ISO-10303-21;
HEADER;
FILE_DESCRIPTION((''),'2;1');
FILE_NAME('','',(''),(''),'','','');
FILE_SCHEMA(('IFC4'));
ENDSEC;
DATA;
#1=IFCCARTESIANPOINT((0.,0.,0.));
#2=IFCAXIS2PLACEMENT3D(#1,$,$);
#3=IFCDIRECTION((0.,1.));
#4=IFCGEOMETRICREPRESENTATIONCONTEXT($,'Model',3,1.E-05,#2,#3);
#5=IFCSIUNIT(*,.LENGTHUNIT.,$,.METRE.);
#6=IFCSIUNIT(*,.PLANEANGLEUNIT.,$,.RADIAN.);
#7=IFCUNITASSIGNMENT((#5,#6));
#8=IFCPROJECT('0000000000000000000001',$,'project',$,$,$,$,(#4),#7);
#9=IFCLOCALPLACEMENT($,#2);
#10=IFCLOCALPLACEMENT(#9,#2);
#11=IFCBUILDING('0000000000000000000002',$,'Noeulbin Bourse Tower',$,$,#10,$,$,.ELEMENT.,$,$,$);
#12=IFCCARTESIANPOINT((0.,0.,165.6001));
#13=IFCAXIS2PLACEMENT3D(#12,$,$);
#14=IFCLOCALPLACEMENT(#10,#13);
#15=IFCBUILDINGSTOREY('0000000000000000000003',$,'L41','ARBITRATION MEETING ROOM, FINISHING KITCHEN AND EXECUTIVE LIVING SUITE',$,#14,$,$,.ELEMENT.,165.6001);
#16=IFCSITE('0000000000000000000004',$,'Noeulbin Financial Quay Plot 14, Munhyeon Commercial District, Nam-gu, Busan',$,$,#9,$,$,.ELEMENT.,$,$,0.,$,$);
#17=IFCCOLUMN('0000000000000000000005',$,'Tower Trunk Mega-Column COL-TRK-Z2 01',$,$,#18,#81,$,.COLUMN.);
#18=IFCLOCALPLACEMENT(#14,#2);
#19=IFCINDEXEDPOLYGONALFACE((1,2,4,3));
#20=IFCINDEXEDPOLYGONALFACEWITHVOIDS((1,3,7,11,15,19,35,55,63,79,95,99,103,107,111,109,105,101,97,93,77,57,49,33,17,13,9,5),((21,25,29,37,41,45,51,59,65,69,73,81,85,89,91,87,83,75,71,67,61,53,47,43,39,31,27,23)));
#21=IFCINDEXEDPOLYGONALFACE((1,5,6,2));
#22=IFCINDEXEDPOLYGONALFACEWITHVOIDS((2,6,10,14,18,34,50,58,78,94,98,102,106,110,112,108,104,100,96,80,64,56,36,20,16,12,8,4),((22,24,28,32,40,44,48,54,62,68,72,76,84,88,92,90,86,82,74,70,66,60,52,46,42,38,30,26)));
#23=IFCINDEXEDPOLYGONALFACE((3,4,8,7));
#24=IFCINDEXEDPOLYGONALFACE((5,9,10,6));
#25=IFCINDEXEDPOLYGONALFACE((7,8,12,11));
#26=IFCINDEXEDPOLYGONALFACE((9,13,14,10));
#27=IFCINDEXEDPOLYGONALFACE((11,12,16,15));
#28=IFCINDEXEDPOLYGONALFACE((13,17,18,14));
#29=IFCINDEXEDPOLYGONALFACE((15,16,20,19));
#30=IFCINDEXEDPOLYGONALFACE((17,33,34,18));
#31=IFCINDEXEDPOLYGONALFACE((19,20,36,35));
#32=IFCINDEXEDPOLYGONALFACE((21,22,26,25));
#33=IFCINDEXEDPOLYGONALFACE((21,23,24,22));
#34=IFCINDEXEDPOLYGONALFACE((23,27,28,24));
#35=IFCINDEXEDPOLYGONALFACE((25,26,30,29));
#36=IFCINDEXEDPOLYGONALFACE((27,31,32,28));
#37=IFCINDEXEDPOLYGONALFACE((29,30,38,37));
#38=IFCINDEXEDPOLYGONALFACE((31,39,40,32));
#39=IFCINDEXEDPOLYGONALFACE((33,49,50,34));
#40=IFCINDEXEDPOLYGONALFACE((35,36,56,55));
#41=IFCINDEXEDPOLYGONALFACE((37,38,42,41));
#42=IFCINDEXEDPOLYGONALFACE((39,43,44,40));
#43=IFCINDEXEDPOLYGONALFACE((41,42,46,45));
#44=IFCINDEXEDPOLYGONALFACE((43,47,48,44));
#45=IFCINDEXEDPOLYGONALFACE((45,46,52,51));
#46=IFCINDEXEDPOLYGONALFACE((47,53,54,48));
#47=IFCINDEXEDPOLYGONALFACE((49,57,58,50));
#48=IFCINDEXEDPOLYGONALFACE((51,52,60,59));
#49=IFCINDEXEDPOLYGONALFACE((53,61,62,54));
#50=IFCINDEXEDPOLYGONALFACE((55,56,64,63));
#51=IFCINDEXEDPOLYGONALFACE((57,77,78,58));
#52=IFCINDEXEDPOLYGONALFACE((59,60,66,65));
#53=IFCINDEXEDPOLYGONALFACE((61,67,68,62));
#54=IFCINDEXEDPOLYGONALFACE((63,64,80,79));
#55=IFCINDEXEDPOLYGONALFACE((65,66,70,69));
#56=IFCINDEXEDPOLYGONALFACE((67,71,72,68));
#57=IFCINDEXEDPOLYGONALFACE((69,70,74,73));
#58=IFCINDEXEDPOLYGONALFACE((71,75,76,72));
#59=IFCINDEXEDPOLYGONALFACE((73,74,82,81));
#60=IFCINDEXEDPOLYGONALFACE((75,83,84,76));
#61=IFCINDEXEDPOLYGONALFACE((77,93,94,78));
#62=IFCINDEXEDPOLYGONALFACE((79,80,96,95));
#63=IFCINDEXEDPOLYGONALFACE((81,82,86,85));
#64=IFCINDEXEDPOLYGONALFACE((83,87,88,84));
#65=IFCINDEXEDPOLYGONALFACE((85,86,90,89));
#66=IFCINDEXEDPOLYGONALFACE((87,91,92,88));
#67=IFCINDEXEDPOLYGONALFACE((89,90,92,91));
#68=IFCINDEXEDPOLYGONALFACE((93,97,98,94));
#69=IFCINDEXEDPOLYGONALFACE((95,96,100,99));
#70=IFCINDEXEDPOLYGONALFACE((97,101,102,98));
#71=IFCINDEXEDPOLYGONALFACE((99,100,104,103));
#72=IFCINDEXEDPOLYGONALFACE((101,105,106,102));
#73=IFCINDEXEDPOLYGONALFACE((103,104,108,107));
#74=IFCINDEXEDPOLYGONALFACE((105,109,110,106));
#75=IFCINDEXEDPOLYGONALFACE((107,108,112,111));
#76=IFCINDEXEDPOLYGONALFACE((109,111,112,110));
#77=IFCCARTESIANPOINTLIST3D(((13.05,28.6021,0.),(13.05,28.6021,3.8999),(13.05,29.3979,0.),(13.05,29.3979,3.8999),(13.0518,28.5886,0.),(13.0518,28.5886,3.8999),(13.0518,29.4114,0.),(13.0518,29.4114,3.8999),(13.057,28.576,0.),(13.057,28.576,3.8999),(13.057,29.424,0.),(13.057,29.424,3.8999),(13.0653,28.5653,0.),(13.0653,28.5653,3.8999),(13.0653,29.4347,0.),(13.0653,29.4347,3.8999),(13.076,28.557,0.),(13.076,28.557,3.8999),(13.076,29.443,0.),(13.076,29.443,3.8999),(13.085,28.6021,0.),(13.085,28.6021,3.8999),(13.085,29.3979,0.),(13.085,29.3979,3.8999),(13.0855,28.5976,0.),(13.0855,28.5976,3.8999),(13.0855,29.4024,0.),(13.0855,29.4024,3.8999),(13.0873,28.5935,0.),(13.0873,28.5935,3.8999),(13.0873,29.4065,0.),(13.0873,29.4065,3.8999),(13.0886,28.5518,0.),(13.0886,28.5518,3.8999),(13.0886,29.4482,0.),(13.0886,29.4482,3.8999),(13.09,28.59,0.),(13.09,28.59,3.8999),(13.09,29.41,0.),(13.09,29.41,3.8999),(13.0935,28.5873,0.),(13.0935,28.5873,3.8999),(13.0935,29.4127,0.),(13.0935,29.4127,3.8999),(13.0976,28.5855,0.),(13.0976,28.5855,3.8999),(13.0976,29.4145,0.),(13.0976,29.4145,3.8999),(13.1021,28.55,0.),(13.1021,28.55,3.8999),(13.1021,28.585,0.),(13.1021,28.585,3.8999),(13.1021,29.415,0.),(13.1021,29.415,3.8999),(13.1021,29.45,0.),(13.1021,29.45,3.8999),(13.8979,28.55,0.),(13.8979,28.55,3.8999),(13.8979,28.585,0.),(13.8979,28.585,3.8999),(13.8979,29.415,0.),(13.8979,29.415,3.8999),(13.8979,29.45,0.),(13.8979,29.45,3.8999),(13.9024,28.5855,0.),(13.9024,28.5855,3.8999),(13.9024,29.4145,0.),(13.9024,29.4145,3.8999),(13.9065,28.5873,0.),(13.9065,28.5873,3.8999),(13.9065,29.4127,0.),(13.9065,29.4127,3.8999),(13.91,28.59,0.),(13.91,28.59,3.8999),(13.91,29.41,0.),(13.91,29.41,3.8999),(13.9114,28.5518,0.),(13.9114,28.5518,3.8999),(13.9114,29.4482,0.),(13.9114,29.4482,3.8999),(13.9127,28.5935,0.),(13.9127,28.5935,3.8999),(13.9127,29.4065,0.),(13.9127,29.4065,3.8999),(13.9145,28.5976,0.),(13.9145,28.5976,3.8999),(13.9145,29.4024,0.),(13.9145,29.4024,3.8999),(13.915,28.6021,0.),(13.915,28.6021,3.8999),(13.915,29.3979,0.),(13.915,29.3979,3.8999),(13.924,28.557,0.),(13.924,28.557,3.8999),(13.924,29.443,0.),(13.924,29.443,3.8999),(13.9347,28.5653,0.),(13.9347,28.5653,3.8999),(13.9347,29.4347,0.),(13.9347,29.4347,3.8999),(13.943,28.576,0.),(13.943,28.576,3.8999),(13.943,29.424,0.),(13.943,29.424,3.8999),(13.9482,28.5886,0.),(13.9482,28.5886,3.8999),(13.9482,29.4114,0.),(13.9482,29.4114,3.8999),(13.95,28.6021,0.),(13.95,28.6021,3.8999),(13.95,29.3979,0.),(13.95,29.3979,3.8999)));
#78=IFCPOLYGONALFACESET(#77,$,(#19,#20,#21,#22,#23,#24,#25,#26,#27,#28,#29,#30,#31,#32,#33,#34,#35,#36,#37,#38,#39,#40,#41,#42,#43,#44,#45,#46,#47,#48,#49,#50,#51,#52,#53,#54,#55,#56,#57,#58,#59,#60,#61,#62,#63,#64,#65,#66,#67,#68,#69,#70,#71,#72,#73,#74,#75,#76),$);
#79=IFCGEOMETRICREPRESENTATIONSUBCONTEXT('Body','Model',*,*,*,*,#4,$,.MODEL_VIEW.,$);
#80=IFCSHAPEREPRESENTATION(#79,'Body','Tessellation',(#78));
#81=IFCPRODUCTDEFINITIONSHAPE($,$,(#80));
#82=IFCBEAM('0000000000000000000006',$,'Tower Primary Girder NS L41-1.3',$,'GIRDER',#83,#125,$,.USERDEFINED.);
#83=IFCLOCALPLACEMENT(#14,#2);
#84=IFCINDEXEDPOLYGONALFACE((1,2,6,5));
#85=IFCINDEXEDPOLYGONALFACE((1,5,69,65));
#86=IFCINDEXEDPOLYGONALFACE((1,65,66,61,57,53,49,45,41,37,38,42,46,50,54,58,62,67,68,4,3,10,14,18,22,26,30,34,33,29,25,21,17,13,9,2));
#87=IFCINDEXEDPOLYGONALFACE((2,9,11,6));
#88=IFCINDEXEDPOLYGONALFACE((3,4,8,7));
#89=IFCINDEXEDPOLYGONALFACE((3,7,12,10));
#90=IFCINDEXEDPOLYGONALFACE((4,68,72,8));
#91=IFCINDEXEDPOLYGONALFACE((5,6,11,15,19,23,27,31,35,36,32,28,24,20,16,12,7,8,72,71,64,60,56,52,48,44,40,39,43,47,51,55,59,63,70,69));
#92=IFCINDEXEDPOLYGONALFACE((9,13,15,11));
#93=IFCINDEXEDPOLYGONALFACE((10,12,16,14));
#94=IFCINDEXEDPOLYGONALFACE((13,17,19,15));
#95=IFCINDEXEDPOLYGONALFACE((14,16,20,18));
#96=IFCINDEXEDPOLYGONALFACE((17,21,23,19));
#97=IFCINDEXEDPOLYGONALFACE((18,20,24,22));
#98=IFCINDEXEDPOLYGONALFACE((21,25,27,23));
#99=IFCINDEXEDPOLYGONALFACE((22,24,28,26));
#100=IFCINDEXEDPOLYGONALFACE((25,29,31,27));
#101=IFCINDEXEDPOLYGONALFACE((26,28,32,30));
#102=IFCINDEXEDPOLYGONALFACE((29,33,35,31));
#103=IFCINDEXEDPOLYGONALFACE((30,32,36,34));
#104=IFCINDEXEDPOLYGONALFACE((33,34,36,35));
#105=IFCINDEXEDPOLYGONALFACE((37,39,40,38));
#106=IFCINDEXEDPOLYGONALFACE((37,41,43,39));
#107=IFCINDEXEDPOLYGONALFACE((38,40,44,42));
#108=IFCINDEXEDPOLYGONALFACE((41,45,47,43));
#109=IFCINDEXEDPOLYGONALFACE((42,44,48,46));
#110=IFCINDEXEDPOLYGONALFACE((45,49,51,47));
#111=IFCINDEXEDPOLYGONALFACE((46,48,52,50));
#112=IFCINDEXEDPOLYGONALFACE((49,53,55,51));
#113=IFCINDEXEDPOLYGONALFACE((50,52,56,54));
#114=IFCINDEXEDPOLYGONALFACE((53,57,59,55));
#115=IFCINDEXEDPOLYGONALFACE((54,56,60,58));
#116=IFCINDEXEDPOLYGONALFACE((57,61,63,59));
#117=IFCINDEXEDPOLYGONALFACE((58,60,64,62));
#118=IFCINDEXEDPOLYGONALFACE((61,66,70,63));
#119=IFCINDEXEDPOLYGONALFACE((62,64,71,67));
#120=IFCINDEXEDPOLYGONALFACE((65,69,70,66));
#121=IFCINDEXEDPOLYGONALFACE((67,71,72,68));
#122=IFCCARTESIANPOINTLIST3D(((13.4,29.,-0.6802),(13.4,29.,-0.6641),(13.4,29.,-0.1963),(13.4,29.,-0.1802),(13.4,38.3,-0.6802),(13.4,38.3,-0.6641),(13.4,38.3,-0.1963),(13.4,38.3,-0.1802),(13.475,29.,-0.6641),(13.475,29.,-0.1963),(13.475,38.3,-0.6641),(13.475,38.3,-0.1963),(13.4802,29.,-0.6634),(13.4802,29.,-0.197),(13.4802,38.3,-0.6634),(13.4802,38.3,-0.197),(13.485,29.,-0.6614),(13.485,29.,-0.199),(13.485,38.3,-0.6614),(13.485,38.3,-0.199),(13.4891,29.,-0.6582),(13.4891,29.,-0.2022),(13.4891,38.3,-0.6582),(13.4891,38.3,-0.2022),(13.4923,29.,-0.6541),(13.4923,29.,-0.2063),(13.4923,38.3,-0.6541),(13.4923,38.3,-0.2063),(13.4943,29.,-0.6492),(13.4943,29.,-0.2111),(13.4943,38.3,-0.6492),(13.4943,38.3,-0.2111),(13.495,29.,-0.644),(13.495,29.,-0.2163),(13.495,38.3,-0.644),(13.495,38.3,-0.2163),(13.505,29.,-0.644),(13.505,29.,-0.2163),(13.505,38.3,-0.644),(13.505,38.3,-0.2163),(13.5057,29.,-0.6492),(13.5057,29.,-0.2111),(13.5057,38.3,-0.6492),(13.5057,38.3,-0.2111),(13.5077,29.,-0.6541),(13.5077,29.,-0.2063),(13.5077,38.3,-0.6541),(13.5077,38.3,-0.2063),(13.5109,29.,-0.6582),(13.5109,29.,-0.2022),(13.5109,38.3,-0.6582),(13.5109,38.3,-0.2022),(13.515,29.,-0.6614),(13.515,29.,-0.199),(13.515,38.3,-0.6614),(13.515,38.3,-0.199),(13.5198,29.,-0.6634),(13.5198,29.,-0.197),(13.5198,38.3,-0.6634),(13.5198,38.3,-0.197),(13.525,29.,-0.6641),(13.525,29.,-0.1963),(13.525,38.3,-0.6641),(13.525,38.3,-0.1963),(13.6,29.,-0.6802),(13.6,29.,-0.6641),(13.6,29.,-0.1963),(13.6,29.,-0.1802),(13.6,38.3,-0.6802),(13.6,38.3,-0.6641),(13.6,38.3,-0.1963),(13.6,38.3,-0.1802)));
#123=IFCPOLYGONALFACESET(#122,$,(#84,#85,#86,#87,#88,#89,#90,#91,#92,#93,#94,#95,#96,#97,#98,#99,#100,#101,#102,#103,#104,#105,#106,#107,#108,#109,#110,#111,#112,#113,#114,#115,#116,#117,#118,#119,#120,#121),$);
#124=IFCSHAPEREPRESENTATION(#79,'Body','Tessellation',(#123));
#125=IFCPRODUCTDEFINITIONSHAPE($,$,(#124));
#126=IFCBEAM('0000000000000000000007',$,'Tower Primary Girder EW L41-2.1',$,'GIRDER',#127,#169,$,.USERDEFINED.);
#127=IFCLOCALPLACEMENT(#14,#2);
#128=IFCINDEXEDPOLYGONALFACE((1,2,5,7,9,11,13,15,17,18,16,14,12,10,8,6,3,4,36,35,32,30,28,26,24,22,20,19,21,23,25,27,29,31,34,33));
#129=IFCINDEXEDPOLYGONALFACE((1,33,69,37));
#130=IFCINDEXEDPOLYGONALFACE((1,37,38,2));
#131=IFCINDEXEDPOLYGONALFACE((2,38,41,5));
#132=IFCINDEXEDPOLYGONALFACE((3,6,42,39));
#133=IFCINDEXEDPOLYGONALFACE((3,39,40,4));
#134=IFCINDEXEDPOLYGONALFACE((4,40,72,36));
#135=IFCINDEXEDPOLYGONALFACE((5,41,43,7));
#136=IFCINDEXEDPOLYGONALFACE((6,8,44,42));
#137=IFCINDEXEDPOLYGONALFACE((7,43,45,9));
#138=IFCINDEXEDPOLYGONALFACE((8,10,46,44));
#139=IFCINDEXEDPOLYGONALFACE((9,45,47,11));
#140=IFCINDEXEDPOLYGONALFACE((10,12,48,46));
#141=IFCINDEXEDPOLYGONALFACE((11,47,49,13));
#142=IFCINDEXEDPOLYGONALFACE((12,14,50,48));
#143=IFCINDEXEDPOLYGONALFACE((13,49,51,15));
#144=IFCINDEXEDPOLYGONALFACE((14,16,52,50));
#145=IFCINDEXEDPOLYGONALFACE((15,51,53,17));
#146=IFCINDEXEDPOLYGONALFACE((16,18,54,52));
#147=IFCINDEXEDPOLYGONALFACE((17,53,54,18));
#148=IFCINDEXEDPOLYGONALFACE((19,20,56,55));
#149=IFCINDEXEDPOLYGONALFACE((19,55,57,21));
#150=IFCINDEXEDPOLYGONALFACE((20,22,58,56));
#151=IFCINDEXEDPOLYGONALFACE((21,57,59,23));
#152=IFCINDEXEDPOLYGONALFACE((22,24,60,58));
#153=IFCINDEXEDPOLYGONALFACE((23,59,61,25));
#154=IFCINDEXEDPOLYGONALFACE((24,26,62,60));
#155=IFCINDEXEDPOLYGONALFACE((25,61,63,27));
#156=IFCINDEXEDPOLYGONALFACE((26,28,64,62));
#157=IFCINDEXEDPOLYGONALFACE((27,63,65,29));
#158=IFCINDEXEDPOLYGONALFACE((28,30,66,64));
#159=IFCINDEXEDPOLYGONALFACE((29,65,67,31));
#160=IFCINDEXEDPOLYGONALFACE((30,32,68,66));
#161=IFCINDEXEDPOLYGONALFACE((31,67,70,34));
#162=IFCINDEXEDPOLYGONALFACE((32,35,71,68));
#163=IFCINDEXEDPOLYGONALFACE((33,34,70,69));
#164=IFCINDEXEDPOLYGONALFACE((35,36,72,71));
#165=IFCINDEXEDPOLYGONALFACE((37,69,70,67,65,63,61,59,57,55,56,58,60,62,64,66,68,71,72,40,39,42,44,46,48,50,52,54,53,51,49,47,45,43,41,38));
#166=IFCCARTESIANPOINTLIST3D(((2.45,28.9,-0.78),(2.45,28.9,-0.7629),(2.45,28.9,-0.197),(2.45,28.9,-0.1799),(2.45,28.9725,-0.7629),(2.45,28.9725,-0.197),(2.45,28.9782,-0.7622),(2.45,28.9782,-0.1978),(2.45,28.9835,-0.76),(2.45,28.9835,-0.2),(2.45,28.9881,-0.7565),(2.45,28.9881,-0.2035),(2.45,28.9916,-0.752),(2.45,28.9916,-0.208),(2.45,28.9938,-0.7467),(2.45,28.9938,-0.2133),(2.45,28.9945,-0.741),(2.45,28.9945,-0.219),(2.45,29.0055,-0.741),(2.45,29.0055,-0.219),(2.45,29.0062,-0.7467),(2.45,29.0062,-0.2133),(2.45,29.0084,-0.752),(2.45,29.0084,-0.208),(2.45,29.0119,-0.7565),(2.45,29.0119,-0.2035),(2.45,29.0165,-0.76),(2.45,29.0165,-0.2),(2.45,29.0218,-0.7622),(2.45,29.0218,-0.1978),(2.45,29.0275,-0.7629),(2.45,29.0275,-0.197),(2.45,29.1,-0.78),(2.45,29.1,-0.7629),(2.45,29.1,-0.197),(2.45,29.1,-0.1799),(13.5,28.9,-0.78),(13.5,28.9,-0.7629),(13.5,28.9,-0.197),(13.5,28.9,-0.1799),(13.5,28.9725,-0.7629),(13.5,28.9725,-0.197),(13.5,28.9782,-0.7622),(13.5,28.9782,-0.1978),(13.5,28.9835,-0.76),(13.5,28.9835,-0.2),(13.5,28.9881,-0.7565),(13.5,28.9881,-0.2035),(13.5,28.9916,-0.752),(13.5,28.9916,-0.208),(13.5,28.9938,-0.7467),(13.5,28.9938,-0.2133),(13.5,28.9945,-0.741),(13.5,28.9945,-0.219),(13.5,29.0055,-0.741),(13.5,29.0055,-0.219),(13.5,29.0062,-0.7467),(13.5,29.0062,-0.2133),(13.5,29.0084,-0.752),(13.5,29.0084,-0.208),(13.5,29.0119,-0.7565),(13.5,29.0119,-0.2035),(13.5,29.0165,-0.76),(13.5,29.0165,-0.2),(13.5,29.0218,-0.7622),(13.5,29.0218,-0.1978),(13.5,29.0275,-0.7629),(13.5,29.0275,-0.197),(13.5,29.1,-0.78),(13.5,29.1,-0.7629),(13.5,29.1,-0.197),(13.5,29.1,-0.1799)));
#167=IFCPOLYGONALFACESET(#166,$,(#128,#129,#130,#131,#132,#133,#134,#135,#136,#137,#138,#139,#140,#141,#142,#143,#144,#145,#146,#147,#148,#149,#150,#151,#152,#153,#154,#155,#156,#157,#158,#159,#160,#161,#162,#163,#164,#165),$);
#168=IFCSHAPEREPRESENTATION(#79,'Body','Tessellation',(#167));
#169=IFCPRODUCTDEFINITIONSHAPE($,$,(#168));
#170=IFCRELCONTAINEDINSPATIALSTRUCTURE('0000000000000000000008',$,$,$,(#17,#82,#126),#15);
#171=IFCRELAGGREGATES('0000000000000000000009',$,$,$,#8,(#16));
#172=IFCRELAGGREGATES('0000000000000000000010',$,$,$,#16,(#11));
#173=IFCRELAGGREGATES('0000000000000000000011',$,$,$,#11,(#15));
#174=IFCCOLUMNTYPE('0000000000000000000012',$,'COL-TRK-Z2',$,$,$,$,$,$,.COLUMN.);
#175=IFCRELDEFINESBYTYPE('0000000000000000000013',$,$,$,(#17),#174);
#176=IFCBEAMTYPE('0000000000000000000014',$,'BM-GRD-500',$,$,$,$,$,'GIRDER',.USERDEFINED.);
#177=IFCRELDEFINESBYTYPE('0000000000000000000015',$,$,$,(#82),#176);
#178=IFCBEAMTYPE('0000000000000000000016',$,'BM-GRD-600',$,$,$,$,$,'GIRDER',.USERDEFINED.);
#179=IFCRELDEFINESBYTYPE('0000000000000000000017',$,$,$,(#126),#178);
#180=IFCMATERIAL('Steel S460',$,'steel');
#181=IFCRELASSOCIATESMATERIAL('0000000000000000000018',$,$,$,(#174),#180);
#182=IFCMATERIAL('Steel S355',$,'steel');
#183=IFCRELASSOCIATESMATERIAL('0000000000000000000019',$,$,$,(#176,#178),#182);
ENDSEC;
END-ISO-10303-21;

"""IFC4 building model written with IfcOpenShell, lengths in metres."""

from ifc_helpers import new_model, si_unit, direction, frame, origin, origin_2d, place, context, subcontext, project, spatial, hollow_rectangle, i_section, extrude, material, material_profile, profile_set, type_object, element, save


model = new_model("IFC4")

# Units and contexts
model_context = context("Model", 3, precision=1e-05, world=origin(), true_north=direction((0.0, 1.0)))
body_context = subcontext(model_context, "Body", "Model", "MODEL_VIEW")
ifc_project = project(units=[si_unit("LENGTHUNIT", "METRE"), si_unit("PLANEANGLEUNIT", "RADIAN")], contexts=[model_context])

# Site, building, storey
site_placement = place(None, origin())
site = spatial("IfcSite", under=ifc_project, at=site_placement, Name="Noeulbin Financial Quay Plot 14, Munhyeon Commercial District, Nam-gu, Busan", CompositionType="ELEMENT", RefElevation=0.0)
building_placement = place(site_placement, origin())
building = spatial("IfcBuilding", under=site, at=building_placement, Name="Noeulbin Bourse Tower", CompositionType="ELEMENT")
storey_placement = place(building_placement, frame((0.0, 0.0, 165.6001)))
storey = spatial("IfcBuildingStorey", under=building, at=storey_placement, Name="L41", Description="ARBITRATION MEETING ROOM, FINISHING KITCHEN AND EXECUTIVE LIVING SUITE", CompositionType="ELEMENT", Elevation=165.6001)

# Column
ifc_material_1 = material(Name="Steel S460", Category="steel")
ifc_material_profile_1 = material_profile(ifc_material_1, hollow_rectangle(XDim=0.8999, YDim=0.8999, WallThickness=0.0349, InnerFilletRadius=0.0171, OuterFilletRadius=0.052, at=origin_2d()), Name="BOX-900x900x35", Category="LoadBearing")
ifc_profile_set_1 = profile_set([ifc_material_profile_1], Name="Steel S460")
column_type = type_object("IfcColumnType", Name="COL-TRK-Z2", PredefinedType="COLUMN", material=ifc_profile_set_1)
column_placement = place(storey_placement, frame((13.5, 29.0, 0.0), z_axis=(0.0, 0.0, 1.0), x_axis=(1.0, 0.0, 0.0)))
element("IfcColumn", 1, at=column_placement, inside=storey, type_object=column_type, Name="Tower Trunk Mega-Column COL-TRK-Z2 01", PredefinedType="COLUMN", context=body_context, shape_type="SweptSolid", body=[
    extrude(hollow_rectangle(XDim=0.8999, YDim=0.8999, WallThickness=0.0349, InnerFilletRadius=0.0171, OuterFilletRadius=0.052, at=origin_2d()), origin(), (0.0, 0.0, 1.0), 3.8999),
])

# Beams
ifc_material_2 = material(Name="Steel S355", Category="steel")
ifc_material_profile_2 = material_profile(ifc_material_2, i_section(OverallWidth=0.2, OverallDepth=0.5, WebThickness=0.01, FlangeThickness=0.0161, FilletRadius=0.02, at=origin_2d()), Name="H-500x200x10x16", Category="LoadBearing")
ifc_profile_set_2 = profile_set([ifc_material_profile_2], Name="Steel S355")
beam_type_1 = type_object("IfcBeamType", Name="BM-GRD-500", ElementType="GIRDER", PredefinedType="USERDEFINED", material=ifc_profile_set_2)
beam_1_placement = place(storey_placement, frame((13.5, 29.0, -0.4302), z_axis=(0.0, 1.0, 0.0), x_axis=(-1.0, 0.0, 0.0)))
element("IfcBeam", 2, at=beam_1_placement, inside=storey, type_object=beam_type_1, Name="Tower Primary Girder NS L41-1.3", ObjectType="GIRDER", PredefinedType="USERDEFINED", context=body_context, shape_type="SweptSolid", body=[
    extrude(i_section(OverallWidth=0.2, OverallDepth=0.5, WebThickness=0.01, FlangeThickness=0.0161, FilletRadius=0.02, at=origin_2d()), origin(), (0.0, 0.0, 1.0), 9.3),
])
ifc_material_profile_3 = material_profile(ifc_material_2, i_section(OverallWidth=0.2, OverallDepth=0.6001, WebThickness=0.011, FlangeThickness=0.0171, FilletRadius=0.022, at=origin_2d()), Name="H-600x200x11x17", Category="LoadBearing")
ifc_profile_set_3 = profile_set([ifc_material_profile_3], Name="Steel S355")
beam_type_2 = type_object("IfcBeamType", Name="BM-GRD-600", ElementType="GIRDER", PredefinedType="USERDEFINED", material=ifc_profile_set_3)
beam_2_placement = place(storey_placement, frame((2.45, 29.0, -0.48), z_axis=(1.0, 0.0, 0.0), x_axis=(0.0, 1.0, 0.0)))
element("IfcBeam", 3, at=beam_2_placement, inside=storey, type_object=beam_type_2, Name="Tower Primary Girder EW L41-2.1", ObjectType="GIRDER", PredefinedType="USERDEFINED", context=body_context, shape_type="SweptSolid", body=[
    extrude(i_section(OverallWidth=0.2, OverallDepth=0.6001, WebThickness=0.011, FlangeThickness=0.0171, FilletRadius=0.022, at=origin_2d()), origin(), (0.0, 0.0, 1.0), 11.05),
])

save(model, "model.ifc")
